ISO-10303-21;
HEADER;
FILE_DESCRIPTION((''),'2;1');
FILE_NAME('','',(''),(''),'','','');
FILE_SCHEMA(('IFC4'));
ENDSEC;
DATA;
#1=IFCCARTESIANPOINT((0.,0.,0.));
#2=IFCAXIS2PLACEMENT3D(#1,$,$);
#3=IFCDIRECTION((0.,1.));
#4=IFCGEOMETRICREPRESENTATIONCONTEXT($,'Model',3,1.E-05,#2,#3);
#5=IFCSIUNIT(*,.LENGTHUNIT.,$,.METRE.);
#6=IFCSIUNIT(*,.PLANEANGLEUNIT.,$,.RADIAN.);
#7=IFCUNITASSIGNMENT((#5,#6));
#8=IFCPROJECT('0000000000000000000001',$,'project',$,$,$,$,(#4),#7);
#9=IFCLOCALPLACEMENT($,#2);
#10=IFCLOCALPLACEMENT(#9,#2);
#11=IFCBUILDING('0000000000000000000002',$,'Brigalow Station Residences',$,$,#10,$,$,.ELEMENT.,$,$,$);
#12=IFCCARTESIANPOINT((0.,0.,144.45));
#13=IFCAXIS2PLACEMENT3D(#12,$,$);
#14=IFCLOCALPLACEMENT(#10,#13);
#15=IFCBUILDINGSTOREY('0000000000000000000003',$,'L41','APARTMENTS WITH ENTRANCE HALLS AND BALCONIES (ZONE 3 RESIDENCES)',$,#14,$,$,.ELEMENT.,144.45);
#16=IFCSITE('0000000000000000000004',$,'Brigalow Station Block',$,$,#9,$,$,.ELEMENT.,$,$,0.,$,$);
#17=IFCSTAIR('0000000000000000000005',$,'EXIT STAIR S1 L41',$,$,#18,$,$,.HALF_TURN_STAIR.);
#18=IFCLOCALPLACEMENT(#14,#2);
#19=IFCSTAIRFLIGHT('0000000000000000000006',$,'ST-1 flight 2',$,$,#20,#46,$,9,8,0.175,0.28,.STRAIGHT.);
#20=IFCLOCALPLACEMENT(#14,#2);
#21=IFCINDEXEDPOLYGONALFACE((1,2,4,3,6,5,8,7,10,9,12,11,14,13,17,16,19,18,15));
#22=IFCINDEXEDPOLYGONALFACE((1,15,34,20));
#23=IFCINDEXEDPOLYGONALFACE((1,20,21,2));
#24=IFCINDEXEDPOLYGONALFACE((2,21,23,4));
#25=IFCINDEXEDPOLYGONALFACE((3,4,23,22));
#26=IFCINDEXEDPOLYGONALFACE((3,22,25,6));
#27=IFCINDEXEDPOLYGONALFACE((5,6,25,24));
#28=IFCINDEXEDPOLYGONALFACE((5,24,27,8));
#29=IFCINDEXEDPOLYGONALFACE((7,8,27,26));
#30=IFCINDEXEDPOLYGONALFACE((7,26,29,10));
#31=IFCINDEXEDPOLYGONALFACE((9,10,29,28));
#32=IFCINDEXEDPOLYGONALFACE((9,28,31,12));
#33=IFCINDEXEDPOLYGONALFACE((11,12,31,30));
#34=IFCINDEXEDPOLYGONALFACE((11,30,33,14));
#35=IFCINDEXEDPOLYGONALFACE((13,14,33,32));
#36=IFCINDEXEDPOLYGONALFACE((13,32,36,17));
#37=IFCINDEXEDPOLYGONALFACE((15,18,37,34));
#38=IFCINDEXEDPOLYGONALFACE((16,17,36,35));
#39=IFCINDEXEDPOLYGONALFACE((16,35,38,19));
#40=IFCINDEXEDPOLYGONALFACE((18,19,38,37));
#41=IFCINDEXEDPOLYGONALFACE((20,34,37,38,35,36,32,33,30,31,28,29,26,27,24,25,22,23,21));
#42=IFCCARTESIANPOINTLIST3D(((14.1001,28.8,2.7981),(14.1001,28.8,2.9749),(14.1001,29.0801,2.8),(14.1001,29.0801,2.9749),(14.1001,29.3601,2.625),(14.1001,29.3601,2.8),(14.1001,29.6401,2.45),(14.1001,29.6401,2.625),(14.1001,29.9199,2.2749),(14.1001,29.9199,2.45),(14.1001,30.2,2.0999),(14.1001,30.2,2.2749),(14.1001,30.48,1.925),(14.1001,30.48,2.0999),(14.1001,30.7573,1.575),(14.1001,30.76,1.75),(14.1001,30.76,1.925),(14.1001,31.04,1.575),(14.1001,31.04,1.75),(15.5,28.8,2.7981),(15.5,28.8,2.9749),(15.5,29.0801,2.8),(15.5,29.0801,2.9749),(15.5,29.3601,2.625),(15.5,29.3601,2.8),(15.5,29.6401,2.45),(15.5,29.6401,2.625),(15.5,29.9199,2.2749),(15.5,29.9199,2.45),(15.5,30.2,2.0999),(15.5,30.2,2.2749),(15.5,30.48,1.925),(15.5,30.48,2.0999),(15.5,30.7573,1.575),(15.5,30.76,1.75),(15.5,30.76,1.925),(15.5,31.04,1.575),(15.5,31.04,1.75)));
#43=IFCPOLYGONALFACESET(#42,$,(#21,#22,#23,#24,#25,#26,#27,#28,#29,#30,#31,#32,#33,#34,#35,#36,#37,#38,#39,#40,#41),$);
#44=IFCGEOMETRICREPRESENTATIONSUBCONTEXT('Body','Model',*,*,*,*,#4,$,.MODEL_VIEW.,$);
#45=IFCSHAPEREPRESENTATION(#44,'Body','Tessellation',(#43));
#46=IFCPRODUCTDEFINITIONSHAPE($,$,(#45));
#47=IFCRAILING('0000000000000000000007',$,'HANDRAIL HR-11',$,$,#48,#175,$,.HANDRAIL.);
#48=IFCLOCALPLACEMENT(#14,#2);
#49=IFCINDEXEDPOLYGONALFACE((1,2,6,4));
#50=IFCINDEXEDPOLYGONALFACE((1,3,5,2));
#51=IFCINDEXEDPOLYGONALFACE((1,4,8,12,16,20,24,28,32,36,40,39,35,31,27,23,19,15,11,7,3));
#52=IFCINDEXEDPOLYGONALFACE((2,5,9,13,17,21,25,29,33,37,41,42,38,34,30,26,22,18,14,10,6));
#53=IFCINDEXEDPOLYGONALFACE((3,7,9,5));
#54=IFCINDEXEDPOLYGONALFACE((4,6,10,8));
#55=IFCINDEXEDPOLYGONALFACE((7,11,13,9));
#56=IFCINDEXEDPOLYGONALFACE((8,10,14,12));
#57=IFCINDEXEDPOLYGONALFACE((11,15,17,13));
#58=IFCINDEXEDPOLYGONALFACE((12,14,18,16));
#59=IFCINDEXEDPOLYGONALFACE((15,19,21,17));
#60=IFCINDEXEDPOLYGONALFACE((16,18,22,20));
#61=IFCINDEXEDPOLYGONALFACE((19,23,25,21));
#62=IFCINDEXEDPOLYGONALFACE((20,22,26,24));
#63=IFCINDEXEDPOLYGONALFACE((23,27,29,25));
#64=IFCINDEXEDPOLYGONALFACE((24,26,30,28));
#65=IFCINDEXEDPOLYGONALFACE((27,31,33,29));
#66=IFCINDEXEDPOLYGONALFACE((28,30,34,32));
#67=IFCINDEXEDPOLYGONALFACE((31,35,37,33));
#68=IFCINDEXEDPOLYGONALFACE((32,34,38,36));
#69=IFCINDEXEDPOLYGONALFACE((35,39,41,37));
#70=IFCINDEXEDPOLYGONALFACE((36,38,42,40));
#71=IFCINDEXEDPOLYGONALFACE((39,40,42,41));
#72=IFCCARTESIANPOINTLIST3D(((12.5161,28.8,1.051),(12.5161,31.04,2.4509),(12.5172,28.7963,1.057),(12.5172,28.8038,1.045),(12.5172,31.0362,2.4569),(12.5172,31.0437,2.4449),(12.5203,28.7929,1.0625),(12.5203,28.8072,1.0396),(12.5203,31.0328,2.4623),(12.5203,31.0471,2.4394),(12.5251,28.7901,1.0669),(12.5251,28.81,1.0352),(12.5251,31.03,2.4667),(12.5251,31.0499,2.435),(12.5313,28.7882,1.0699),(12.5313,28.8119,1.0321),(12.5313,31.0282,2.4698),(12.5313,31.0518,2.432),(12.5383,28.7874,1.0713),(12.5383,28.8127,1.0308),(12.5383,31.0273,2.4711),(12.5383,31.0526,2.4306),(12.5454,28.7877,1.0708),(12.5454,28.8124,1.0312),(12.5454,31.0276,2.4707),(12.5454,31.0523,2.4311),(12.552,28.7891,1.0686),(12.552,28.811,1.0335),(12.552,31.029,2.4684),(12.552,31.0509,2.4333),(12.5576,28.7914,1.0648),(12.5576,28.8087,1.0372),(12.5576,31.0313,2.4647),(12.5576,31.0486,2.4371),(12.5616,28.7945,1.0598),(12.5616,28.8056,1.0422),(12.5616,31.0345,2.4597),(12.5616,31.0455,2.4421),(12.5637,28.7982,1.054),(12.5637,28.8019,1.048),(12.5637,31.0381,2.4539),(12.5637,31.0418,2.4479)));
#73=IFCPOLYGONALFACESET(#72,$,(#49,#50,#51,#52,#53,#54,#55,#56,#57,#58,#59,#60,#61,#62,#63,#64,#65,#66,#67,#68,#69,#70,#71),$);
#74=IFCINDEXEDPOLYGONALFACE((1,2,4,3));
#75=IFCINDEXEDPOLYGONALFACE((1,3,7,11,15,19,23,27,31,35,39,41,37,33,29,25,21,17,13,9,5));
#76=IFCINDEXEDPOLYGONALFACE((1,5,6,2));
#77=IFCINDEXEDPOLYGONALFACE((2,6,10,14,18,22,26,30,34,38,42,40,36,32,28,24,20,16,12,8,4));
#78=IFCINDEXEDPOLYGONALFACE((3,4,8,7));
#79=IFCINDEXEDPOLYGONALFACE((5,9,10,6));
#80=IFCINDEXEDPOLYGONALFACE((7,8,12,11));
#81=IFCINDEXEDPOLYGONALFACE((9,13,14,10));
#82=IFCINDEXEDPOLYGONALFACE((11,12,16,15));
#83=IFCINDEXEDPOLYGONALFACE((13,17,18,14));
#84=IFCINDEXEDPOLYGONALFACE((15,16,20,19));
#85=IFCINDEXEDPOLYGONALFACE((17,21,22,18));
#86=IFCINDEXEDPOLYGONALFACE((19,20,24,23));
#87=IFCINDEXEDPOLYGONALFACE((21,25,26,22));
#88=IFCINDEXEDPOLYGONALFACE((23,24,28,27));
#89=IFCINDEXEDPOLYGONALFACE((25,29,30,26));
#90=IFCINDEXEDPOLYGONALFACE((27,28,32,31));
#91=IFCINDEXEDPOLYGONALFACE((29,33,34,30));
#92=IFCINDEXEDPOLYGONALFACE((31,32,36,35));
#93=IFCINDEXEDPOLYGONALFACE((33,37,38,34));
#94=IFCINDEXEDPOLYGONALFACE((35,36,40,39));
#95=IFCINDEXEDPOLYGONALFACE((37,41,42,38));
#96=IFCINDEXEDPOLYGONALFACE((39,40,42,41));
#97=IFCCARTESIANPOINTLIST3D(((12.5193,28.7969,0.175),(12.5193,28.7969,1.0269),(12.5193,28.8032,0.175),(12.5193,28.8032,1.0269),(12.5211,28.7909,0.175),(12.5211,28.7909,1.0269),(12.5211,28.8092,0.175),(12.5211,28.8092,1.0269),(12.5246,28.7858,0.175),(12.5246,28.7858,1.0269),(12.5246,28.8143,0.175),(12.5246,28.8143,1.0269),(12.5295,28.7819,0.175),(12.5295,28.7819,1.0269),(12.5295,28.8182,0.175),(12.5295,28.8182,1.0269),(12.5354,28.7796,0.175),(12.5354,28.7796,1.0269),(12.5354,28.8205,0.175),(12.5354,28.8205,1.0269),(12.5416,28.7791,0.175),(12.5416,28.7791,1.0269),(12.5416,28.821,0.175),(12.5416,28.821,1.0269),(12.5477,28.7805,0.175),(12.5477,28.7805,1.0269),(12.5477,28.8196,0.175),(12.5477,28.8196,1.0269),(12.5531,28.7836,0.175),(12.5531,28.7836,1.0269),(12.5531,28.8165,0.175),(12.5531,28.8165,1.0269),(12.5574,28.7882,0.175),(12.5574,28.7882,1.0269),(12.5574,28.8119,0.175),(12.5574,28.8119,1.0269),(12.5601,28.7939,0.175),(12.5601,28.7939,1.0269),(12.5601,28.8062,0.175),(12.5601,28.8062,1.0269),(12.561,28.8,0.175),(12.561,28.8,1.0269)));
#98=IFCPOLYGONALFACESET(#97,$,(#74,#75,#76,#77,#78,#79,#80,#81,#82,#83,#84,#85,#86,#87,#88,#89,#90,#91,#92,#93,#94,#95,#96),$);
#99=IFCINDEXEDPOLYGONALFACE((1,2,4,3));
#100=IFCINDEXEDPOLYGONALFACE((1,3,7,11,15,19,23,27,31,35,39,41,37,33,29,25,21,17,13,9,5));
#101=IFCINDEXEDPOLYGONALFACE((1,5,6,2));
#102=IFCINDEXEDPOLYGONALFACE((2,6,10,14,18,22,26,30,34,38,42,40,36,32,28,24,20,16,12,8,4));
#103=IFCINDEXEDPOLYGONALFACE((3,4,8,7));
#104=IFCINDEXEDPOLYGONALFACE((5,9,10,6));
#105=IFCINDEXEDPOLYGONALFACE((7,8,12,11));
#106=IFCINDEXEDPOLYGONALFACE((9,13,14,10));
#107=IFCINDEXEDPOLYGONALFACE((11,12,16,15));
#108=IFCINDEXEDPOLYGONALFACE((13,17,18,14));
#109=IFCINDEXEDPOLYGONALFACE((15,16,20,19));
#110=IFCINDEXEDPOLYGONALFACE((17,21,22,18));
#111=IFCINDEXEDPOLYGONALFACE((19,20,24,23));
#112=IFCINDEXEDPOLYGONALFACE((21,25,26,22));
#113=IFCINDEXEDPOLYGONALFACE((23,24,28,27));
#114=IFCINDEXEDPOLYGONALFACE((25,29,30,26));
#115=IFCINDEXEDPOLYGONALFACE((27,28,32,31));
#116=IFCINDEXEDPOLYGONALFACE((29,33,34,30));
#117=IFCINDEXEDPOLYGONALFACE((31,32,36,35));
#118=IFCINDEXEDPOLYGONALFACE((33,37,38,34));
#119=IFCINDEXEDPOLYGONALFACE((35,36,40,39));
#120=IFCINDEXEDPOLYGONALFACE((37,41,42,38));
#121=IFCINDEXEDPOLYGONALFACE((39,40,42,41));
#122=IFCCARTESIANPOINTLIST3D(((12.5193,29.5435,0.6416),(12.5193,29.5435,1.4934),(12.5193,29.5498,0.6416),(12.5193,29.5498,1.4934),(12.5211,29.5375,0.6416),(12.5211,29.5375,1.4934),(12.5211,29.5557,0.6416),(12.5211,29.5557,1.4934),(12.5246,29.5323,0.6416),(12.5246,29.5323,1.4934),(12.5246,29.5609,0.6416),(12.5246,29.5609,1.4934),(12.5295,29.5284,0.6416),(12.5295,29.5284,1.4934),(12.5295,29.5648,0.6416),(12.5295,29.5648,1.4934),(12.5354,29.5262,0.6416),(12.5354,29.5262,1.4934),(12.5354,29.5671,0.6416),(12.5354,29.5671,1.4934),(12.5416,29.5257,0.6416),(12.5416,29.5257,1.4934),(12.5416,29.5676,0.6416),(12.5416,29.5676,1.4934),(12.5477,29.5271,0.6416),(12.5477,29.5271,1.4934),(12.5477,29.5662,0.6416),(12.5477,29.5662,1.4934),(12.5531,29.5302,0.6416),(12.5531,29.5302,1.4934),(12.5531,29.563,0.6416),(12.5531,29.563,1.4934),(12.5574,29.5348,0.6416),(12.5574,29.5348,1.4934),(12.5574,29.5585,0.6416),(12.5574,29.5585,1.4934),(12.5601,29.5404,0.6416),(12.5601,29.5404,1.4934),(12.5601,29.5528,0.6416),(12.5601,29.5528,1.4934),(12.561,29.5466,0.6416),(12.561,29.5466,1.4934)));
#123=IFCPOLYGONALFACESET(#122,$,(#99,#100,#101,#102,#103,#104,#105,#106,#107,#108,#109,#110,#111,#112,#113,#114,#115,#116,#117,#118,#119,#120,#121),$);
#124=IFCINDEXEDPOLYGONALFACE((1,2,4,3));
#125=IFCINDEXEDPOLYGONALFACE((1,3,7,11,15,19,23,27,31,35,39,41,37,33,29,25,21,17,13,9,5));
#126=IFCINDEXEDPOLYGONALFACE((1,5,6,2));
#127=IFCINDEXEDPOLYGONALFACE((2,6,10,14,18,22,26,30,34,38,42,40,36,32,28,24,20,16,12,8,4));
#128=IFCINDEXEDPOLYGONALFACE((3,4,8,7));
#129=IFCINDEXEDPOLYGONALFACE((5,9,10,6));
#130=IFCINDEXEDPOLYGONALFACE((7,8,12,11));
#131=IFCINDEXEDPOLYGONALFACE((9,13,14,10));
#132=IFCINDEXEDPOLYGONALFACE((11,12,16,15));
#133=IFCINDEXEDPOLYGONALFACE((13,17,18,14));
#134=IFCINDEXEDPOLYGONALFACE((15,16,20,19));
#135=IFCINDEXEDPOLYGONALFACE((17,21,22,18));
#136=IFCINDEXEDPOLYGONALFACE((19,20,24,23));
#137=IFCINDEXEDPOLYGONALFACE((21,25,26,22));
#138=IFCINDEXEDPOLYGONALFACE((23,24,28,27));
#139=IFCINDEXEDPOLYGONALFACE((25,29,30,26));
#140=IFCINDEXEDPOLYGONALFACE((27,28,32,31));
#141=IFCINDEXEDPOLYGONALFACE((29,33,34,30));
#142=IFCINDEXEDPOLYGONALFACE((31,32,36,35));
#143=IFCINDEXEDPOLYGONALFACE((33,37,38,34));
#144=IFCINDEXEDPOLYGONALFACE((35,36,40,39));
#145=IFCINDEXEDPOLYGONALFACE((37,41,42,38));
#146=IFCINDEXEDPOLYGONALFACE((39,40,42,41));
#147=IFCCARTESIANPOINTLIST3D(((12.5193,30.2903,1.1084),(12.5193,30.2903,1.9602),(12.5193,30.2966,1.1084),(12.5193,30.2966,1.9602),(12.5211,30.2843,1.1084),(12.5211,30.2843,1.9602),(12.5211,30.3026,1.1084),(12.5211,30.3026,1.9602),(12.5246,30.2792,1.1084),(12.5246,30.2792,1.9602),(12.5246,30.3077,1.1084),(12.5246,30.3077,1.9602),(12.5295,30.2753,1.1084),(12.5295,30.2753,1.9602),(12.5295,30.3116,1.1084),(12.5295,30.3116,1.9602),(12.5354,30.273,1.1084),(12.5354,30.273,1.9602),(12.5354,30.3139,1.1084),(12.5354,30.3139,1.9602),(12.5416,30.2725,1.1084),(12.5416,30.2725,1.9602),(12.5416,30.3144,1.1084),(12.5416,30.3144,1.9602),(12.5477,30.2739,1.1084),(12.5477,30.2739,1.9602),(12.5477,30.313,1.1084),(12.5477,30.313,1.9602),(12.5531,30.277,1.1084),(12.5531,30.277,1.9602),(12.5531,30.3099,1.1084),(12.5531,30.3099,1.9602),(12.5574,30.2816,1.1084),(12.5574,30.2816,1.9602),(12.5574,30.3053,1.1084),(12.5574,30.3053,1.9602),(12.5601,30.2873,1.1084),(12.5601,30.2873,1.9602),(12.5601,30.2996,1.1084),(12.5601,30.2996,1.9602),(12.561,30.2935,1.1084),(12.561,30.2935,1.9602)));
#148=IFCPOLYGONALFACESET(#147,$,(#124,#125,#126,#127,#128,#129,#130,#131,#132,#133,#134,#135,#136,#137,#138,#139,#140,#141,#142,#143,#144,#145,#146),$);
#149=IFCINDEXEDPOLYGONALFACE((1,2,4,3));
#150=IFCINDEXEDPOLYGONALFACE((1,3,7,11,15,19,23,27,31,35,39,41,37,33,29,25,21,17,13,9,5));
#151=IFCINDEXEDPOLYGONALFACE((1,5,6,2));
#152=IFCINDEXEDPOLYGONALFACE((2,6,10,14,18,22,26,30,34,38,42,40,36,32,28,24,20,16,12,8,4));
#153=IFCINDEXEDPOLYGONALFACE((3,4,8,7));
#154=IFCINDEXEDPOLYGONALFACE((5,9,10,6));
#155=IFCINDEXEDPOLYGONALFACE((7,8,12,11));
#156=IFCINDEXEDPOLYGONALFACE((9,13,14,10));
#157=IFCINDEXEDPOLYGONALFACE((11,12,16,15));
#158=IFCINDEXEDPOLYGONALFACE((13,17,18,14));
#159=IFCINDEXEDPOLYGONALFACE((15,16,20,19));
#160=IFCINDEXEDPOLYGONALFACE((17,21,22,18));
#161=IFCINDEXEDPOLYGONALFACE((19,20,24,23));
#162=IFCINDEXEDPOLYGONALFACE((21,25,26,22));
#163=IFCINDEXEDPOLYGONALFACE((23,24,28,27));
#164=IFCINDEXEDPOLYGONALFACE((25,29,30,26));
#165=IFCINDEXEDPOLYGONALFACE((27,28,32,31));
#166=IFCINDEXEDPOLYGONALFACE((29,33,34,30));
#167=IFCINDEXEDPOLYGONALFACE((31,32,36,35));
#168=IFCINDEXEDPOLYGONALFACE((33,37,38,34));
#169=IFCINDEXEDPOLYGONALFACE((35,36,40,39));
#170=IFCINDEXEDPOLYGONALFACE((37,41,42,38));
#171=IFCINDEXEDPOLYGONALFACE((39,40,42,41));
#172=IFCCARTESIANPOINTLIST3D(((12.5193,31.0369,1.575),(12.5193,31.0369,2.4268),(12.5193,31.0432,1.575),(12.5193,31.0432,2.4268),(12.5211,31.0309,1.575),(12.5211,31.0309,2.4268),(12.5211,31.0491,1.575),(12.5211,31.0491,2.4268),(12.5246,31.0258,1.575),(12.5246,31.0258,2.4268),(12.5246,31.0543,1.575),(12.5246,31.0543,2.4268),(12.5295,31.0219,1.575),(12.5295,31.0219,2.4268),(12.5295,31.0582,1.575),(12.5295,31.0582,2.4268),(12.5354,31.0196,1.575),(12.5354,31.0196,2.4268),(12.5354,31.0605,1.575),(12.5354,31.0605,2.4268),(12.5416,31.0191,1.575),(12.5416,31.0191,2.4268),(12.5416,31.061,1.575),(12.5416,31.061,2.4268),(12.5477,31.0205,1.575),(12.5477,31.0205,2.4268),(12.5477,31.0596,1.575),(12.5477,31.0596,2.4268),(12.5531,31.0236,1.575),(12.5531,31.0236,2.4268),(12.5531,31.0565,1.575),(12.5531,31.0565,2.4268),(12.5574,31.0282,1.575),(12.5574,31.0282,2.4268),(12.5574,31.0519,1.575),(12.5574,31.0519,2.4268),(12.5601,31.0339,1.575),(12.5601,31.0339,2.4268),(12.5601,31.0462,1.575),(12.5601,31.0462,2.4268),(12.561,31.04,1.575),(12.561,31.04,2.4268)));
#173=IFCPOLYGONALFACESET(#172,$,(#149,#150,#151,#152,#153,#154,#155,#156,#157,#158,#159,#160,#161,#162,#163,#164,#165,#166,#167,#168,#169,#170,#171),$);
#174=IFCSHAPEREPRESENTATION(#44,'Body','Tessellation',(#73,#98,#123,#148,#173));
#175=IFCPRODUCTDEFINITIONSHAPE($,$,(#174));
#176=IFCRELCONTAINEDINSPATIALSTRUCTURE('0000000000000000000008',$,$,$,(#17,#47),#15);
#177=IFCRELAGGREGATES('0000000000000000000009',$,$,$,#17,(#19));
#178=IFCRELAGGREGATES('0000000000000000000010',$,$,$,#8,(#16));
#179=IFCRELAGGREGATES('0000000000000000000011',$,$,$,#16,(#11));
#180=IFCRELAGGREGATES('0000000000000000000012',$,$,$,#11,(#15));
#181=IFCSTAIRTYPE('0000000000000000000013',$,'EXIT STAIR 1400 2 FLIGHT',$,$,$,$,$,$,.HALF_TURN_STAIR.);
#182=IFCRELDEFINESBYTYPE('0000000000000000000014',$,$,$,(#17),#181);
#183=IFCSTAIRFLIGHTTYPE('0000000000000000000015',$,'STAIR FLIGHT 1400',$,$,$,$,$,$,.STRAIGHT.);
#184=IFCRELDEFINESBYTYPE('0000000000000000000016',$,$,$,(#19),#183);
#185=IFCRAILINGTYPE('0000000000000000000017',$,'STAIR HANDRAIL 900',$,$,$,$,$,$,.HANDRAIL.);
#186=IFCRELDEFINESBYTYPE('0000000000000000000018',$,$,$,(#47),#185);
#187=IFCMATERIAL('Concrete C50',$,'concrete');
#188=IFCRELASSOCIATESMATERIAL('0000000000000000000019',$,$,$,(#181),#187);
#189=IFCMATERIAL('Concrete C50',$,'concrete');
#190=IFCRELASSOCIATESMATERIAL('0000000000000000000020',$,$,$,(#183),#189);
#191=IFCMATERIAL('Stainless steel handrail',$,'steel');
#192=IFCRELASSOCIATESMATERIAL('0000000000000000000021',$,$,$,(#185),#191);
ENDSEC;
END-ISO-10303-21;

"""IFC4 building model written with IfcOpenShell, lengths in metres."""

from ifc_helpers import new_model, si_unit, direction, frame, origin, origin_2d, place, context, subcontext, project, spatial, polyline, circle, outline, extrude, material, type_object, element, aggregate, save


model = new_model("IFC4")

# Units and contexts
model_context = context("Model", 3, precision=1e-05, world=origin(), true_north=direction((0.0, 1.0)))
body_context = subcontext(model_context, "Body", "Model", "MODEL_VIEW")
ifc_project = project(units=[si_unit("LENGTHUNIT", "METRE"), si_unit("PLANEANGLEUNIT", "RADIAN")], contexts=[model_context])

# Site, building, storey
site_placement = place(None, origin())
site = spatial("IfcSite", under=ifc_project, at=site_placement, Name="Brigalow Station Block", CompositionType="ELEMENT", RefElevation=0.0)
building_placement = place(site_placement, origin())
building = spatial("IfcBuilding", under=site, at=building_placement, Name="Brigalow Station Residences", CompositionType="ELEMENT")
storey_placement = place(building_placement, frame((0.0, 0.0, 144.45)))
storey = spatial("IfcBuildingStorey", under=building, at=storey_placement, Name="L41", Description="APARTMENTS WITH ENTRANCE HALLS AND BALCONIES (ZONE 3 RESIDENCES)", CompositionType="ELEMENT", Elevation=144.45)

# Stair, stair flight
ifc_material_1 = material(Name="Concrete C50", Category="concrete")
stair_type = type_object("IfcStairType", Name="EXIT STAIR 1400 2 FLIGHT", PredefinedType="HALF_TURN_STAIR", material=ifc_material_1)
stair_placement = place(storey_placement, origin())
stair = element("IfcStair", 1, at=stair_placement, inside=storey, type_object=stair_type, Name="EXIT STAIR S1 L41", PredefinedType="HALF_TURN_STAIR")
ifc_material_2 = material(Name="Concrete C50", Category="concrete")
stair_flight_type = type_object("IfcStairFlightType", Name="STAIR FLIGHT 1400", PredefinedType="STRAIGHT", material=ifc_material_2)
stair_flight_1_placement = place(storey_placement, frame((14.8, 31.04, 1.575), z_axis=(0.0, 0.0, 1.0), x_axis=(0.0, -1.0, 0.0)))
stair_flight_1 = element("IfcStairFlight", 2, at=stair_flight_1_placement, type_object=stair_flight_type, Name="ST-1 flight 2", NumberOfRisers=9, NumberOfTreads=8, PredefinedType="STRAIGHT", RiserHeight=0.175, TreadLength=0.28, context=body_context, shape_type="SweptSolid", body=[
    extrude(outline(polyline([(0.0, 0.0), (0.0, 0.175), (0.28, 0.175), (0.28, 0.3501), (0.5601, 0.3501), (0.5601, 0.5249), (0.8401, 0.5249), (0.8401, 0.7), (1.1201, 0.7), (1.1201, 0.875), (1.3999, 0.875), (1.3999, 1.05), (1.6799, 1.05), (1.6799, 1.2251), (1.96, 1.2251), (1.96, 1.3999), (2.24, 1.3999), (2.24, 1.575), (2.24, 1.2231), (0.2827, 0.0), (0.0, 0.0)])), frame((0.0, 0.7, 0.0), z_axis=(0.0, -1.0, 0.0), x_axis=(1.0, 0.0, 0.0)), (0.0, 0.0, 1.0), 1.3999),
])
aggregate(stair, [stair_flight_1])

# Railing
ifc_material_3 = material(Name="Stainless steel handrail", Category="steel")
railing_type_1 = type_object("IfcRailingType", Name="STAIR HANDRAIL 900", PredefinedType="HANDRAIL", material=ifc_material_3)
railing_1_placement = place(storey_placement, frame((12.54, 28.8, 0.175)))
element("IfcRailing", 3, at=railing_1_placement, inside=storey, type_object=railing_type_1, Name="HANDRAIL HR-11", PredefinedType="HANDRAIL", context=body_context, shape_type="SweptSolid", body=[
    extrude(circle(Radius=0.0239, at=origin_2d()), frame((0.0, 0.0, 0.876), z_axis=(0.0, 0.848014, 0.529974), x_axis=(-1.0, 0.0, 0.0)), (0.0, 0.0, 1.0), 2.6414),
    extrude(circle(Radius=0.021, at=origin_2d()), origin(), (0.0, 0.0, 1.0), 0.8518),
    extrude(circle(Radius=0.021, at=origin_2d()), frame((0.0, 0.7466, 0.4666)), (0.0, 0.0, 1.0), 0.8518),
    extrude(circle(Radius=0.021, at=origin_2d()), frame((0.0, 1.4934, 0.9333)), (0.0, 0.0, 1.0), 0.8518),
    extrude(circle(Radius=0.021, at=origin_2d()), frame((0.0, 2.24, 1.3999)), (0.0, 0.0, 1.0), 0.8518),
])

save(model, "model.ifc")
